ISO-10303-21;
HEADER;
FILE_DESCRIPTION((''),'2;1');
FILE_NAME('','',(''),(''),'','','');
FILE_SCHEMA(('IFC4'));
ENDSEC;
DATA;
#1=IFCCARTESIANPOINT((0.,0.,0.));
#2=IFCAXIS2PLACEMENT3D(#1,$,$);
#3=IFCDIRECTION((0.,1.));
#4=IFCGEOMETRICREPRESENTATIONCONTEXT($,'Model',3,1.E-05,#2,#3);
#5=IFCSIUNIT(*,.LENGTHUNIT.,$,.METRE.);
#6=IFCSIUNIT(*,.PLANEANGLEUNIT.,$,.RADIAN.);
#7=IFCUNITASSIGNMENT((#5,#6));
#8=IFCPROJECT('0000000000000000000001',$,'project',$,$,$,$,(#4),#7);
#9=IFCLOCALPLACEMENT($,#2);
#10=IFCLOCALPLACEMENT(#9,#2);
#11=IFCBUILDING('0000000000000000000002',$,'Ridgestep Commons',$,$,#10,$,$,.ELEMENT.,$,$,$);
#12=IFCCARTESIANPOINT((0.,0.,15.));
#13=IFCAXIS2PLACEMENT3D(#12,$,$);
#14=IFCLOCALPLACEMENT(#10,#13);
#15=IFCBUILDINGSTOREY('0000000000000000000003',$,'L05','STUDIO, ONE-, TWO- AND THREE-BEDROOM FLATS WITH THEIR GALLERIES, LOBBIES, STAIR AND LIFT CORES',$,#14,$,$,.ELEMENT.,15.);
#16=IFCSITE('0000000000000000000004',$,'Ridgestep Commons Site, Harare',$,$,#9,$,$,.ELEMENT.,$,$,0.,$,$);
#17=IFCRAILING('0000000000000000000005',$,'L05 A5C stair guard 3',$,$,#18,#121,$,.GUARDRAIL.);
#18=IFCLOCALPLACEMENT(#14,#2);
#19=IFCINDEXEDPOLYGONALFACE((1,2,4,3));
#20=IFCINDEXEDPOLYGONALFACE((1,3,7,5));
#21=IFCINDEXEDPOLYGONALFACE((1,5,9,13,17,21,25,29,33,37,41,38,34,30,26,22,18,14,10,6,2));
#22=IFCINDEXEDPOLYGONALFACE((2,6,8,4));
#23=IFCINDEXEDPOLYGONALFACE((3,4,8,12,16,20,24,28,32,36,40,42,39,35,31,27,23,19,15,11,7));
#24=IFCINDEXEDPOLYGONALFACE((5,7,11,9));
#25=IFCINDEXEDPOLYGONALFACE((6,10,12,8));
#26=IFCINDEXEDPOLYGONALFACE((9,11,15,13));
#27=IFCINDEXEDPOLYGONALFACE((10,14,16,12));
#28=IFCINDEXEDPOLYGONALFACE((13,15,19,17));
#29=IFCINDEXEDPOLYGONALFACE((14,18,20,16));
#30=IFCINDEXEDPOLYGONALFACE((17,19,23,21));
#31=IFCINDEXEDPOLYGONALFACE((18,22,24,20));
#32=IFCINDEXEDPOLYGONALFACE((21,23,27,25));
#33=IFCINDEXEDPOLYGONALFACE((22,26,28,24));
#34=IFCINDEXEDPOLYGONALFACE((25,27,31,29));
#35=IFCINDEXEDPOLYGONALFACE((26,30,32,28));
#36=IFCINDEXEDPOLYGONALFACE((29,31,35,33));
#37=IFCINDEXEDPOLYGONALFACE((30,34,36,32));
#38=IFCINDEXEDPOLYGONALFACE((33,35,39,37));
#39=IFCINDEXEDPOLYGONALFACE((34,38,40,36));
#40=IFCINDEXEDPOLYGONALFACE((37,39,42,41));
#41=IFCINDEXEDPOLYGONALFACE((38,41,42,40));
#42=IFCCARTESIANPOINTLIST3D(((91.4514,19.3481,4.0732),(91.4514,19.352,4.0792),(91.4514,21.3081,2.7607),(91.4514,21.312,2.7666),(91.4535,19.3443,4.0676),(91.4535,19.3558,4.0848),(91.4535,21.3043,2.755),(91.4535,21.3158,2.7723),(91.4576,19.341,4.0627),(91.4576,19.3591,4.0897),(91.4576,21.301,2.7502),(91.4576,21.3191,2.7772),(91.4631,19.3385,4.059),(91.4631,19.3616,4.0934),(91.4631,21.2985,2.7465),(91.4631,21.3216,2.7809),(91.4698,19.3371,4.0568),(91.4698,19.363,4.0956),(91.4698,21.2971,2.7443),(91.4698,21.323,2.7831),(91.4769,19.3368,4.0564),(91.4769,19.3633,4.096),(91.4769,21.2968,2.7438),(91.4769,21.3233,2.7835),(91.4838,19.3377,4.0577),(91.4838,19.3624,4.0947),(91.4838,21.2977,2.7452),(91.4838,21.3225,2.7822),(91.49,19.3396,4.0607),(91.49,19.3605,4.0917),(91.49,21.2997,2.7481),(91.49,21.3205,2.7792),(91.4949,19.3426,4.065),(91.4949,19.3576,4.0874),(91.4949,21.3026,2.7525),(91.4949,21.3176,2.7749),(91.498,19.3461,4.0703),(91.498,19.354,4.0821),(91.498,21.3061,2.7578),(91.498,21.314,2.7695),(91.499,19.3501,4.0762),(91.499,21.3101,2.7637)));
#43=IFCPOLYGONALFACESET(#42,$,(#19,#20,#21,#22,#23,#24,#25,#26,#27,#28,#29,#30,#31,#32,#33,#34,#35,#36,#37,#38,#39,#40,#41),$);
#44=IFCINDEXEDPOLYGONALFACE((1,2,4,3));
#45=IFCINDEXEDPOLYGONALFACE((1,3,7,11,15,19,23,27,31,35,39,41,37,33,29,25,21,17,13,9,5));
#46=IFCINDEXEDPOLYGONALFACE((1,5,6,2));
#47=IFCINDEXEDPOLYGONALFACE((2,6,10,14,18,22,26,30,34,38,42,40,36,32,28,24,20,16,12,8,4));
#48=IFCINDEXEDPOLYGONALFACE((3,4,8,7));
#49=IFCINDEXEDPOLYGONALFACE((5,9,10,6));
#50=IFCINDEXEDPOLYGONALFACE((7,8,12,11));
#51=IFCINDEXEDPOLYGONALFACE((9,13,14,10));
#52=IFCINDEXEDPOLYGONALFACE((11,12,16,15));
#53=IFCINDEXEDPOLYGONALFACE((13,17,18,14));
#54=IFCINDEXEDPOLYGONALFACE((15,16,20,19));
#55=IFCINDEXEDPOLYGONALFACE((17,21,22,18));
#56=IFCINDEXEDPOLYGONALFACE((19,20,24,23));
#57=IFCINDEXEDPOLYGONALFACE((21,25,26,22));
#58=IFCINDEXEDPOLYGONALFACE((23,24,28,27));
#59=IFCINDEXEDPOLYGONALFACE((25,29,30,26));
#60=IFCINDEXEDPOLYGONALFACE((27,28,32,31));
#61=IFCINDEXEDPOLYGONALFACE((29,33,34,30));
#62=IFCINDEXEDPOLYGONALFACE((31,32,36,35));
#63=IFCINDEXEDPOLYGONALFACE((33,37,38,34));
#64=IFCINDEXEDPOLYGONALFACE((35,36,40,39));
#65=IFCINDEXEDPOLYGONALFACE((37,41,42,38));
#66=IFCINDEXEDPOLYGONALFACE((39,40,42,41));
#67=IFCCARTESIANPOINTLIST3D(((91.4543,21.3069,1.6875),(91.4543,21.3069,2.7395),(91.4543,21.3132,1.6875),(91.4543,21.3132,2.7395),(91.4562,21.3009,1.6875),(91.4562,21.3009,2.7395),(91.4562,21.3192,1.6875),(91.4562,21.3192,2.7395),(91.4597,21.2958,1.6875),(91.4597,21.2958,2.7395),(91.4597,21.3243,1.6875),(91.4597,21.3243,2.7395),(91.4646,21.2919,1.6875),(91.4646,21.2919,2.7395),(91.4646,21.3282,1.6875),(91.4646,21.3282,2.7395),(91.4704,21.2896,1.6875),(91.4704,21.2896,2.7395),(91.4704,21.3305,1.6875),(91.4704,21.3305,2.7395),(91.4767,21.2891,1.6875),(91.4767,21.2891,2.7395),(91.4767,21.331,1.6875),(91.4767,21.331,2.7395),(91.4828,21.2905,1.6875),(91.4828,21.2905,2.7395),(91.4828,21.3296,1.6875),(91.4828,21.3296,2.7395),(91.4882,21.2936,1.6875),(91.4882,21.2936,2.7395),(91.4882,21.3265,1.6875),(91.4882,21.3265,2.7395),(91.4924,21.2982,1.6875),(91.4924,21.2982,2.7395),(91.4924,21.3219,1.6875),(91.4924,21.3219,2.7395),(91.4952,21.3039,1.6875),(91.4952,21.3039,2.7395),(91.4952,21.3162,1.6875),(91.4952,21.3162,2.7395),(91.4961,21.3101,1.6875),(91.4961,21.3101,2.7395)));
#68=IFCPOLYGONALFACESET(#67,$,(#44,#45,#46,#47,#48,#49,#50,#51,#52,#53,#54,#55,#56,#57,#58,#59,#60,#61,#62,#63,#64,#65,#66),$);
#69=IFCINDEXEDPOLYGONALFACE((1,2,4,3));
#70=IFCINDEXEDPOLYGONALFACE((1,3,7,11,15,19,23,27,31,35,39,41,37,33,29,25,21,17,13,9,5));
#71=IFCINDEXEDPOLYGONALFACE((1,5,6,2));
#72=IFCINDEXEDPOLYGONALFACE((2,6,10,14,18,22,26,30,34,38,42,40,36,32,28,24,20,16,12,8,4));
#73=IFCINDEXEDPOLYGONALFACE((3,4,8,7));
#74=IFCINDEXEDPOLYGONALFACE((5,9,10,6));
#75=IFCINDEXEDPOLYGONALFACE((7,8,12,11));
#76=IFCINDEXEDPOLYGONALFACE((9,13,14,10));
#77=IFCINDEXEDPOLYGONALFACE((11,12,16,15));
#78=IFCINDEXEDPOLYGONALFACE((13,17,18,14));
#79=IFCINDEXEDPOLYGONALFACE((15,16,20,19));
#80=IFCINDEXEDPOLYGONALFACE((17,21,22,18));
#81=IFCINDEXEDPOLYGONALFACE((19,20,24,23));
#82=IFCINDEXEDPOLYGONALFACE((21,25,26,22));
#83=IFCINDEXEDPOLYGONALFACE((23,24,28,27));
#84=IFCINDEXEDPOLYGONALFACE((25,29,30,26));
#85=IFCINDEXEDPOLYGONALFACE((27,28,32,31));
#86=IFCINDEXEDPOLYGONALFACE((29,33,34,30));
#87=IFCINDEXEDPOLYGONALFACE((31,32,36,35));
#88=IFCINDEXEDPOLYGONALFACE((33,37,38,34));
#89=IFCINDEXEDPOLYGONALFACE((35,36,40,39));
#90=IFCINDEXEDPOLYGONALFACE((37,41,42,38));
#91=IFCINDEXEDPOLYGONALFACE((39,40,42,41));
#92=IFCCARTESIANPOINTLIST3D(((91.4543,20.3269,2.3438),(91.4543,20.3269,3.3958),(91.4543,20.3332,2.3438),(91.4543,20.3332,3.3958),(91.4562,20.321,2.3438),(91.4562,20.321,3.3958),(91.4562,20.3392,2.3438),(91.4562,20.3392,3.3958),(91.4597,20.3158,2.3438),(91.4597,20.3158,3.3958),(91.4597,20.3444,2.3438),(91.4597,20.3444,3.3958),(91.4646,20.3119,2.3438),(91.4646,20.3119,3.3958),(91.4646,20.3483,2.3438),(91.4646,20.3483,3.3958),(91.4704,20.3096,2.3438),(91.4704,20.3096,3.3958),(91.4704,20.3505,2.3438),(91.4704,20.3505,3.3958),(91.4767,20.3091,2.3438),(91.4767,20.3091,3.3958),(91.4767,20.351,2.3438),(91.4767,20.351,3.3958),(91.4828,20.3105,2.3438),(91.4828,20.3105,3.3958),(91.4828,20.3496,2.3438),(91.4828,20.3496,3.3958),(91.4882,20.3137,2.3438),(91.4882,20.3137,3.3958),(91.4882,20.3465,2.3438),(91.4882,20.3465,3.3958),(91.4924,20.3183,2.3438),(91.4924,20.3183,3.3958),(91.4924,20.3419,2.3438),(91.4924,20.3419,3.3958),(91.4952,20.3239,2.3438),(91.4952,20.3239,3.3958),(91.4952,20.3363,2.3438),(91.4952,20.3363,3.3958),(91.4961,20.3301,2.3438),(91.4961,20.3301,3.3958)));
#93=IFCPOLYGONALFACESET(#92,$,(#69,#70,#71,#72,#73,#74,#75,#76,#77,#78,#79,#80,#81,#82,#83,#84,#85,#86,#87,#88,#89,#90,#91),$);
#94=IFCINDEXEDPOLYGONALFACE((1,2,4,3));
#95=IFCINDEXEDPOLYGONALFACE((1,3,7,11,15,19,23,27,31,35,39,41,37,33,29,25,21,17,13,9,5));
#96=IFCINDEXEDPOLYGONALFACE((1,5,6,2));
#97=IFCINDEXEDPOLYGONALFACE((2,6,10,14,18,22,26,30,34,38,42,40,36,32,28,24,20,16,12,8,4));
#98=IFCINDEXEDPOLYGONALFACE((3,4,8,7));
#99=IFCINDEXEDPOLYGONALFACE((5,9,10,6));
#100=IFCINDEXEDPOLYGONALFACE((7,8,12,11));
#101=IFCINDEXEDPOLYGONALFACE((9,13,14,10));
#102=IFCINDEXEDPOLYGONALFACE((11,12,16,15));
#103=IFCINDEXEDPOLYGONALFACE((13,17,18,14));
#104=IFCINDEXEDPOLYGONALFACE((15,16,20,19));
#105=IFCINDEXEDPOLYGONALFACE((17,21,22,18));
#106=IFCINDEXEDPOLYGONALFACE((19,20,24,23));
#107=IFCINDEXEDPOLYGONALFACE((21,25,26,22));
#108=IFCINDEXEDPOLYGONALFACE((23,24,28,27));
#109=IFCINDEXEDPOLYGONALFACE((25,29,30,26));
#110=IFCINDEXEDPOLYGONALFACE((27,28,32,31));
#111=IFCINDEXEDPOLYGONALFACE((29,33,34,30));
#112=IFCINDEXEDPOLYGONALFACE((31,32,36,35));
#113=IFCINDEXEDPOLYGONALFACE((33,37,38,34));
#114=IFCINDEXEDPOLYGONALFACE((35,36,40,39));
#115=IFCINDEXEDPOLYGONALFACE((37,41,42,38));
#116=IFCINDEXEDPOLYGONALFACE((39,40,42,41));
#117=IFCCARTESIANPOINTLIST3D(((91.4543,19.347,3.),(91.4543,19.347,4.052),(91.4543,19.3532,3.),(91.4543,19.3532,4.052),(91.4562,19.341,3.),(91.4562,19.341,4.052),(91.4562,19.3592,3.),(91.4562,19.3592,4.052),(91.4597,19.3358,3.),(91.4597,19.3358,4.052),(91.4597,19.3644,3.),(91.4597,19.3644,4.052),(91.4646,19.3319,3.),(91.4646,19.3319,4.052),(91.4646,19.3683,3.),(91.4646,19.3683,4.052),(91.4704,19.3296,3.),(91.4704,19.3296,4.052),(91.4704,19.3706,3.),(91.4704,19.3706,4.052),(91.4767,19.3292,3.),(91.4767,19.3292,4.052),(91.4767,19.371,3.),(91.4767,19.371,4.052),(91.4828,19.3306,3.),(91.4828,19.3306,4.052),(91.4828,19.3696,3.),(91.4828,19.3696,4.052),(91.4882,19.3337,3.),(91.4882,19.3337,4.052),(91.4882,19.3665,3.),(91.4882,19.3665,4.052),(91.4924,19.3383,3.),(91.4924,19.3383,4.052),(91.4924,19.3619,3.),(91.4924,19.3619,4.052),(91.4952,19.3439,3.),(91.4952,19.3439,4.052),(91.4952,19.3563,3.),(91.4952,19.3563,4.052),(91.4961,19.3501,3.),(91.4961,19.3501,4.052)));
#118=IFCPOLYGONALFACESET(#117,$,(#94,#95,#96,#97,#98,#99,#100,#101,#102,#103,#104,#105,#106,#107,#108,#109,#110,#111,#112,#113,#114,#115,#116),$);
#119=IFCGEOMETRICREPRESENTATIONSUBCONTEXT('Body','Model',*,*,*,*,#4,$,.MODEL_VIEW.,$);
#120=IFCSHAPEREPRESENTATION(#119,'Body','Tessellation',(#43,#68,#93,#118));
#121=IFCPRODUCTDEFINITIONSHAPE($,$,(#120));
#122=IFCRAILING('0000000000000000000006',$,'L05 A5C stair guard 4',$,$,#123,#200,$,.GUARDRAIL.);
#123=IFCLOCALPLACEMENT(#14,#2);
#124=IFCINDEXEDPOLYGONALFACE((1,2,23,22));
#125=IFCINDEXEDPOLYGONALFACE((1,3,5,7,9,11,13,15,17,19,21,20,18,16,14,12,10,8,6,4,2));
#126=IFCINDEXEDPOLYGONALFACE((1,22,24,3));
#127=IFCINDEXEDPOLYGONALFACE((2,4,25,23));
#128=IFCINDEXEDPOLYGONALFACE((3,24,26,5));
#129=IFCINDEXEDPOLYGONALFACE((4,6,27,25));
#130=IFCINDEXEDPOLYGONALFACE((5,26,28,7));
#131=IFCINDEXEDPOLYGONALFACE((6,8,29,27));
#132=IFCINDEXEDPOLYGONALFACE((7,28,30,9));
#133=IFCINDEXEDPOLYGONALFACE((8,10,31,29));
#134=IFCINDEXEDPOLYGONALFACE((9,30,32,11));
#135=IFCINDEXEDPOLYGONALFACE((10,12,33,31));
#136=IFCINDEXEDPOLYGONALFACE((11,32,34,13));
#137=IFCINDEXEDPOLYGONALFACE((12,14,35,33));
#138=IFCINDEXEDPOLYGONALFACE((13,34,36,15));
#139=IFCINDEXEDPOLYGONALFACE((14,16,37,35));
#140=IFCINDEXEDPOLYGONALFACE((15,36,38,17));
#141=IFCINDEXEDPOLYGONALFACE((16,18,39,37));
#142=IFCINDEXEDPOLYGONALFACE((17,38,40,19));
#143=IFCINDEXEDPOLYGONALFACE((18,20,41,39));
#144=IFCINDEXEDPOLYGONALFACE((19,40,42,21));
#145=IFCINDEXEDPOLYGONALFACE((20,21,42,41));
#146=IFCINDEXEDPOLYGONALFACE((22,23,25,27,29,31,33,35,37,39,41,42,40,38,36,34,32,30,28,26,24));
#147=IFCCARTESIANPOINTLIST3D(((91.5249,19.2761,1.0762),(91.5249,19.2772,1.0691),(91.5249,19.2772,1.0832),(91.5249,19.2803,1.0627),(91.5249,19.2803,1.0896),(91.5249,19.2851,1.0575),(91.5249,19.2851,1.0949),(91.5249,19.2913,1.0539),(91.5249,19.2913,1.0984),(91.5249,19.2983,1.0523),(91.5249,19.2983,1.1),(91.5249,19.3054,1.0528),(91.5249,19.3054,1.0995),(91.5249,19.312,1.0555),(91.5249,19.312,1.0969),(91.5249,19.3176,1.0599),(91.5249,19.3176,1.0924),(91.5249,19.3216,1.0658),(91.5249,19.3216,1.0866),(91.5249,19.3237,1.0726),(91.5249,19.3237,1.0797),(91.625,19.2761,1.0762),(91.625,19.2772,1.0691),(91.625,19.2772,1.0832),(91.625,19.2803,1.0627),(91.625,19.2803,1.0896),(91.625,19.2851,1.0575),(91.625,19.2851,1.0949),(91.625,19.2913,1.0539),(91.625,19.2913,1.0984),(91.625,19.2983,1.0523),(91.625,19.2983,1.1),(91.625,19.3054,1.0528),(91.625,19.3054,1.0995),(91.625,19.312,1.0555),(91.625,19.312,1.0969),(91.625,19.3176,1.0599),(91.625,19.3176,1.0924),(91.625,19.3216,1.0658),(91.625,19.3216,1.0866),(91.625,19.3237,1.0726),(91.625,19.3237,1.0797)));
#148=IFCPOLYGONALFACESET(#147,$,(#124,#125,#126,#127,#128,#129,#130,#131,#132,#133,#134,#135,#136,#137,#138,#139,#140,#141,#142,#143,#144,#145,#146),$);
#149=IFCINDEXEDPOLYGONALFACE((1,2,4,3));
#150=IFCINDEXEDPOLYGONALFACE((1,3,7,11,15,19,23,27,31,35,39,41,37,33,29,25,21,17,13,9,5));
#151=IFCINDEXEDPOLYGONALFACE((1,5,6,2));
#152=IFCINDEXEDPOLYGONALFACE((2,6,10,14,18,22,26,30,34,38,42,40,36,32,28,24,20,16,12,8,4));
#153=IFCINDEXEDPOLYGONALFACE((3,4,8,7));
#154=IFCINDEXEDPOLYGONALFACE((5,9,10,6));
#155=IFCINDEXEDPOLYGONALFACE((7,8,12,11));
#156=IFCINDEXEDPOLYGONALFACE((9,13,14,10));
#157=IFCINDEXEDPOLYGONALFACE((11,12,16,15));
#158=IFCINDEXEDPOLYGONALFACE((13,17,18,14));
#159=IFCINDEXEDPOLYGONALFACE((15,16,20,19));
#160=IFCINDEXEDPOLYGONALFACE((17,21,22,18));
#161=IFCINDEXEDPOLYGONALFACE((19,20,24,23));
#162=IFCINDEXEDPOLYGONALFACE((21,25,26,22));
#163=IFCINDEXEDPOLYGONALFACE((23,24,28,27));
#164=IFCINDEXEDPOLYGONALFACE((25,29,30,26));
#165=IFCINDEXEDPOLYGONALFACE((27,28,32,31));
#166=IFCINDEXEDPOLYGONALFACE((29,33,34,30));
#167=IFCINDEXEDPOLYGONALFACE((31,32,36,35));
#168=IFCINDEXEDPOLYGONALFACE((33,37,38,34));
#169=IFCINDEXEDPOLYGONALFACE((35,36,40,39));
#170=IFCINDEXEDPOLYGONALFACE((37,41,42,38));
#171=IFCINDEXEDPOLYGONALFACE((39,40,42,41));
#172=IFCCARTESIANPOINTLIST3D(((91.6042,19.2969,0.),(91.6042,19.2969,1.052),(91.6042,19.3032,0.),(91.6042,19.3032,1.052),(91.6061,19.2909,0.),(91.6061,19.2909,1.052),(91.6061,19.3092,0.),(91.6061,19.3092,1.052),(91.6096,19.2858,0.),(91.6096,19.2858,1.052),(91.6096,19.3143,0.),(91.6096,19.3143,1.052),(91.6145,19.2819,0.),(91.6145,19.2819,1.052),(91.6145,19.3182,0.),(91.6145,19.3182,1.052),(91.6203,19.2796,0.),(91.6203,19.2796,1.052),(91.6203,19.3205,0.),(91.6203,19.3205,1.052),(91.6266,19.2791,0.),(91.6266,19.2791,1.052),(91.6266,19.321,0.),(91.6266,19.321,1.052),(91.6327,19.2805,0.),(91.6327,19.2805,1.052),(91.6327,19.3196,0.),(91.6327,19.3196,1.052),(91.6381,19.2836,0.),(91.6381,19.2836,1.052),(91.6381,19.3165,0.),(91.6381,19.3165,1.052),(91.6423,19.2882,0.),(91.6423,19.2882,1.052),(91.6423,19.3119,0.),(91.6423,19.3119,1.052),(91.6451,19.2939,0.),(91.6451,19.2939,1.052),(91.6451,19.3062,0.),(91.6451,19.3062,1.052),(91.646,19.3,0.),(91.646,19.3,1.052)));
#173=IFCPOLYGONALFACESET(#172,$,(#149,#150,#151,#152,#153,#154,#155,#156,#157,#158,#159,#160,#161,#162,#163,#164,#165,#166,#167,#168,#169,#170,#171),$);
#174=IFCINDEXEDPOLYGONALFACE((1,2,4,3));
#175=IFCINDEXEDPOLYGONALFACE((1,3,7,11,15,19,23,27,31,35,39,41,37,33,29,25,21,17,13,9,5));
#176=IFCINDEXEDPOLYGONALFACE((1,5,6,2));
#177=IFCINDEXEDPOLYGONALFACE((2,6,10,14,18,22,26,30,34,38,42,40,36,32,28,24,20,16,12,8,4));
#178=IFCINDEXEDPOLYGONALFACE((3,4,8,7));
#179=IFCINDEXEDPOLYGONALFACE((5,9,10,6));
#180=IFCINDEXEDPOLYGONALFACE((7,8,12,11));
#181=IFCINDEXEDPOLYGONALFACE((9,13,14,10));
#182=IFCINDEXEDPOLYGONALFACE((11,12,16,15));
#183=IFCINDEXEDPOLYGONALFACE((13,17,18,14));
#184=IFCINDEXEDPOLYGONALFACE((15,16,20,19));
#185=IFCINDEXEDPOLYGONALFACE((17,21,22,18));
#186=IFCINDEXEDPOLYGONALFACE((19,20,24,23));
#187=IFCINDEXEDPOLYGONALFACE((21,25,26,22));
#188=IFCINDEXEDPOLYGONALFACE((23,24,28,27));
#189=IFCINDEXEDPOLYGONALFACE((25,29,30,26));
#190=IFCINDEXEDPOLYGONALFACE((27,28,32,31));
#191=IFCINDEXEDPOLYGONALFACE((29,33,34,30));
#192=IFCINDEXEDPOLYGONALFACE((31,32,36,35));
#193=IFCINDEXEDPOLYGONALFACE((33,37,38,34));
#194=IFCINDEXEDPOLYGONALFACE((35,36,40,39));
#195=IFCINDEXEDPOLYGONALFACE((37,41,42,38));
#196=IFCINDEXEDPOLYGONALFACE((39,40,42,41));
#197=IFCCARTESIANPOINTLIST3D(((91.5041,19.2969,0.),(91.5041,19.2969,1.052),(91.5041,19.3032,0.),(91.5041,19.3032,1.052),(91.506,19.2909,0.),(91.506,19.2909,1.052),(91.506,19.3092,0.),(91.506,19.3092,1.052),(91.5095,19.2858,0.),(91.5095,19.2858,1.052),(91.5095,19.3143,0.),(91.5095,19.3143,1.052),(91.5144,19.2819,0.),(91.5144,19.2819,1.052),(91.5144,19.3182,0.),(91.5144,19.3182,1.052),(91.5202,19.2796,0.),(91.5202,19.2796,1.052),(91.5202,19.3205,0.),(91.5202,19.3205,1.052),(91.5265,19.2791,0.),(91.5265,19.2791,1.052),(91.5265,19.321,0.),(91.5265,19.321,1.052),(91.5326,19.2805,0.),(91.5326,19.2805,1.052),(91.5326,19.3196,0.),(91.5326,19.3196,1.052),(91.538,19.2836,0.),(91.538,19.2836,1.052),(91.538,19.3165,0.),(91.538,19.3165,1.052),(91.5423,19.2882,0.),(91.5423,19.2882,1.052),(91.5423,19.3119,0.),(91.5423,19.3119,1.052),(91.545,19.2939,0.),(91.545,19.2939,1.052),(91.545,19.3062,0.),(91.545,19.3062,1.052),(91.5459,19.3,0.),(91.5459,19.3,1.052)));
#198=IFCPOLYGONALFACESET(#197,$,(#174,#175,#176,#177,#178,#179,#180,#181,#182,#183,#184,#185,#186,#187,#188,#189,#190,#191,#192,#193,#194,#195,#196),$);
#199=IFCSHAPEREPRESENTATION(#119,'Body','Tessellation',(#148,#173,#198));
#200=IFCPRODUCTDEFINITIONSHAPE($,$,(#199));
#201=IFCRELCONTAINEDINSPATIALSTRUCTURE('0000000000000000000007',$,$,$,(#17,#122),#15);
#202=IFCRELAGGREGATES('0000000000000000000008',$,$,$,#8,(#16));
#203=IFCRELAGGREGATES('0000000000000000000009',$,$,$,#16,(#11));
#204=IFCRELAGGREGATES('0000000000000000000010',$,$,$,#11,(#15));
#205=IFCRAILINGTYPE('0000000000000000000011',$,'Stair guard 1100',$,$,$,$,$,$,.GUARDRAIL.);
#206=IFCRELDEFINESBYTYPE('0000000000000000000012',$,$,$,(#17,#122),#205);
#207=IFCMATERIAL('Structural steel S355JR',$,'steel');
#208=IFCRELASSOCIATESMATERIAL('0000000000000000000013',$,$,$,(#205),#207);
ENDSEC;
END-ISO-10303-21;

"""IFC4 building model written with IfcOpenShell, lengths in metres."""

from ifc_helpers import new_model, si_unit, direction, frame, origin, origin_2d, place, context, subcontext, project, spatial, circle, extrude, material, type_object, element, save


model = new_model("IFC4")

# Units and contexts
model_context = context("Model", 3, precision=1e-05, world=origin(), true_north=direction((0.0, 1.0)))
body_context = subcontext(model_context, "Body", "Model", "MODEL_VIEW")
ifc_project = project(units=[si_unit("LENGTHUNIT", "METRE"), si_unit("PLANEANGLEUNIT", "RADIAN")], contexts=[model_context])

# Site, building, storey
site_placement = place(None, origin())
site = spatial("IfcSite", under=ifc_project, at=site_placement, Name="Ridgestep Commons Site, Harare", CompositionType="ELEMENT", RefElevation=0.0)
building_placement = place(site_placement, origin())
building = spatial("IfcBuilding", under=site, at=building_placement, Name="Ridgestep Commons", CompositionType="ELEMENT")
storey_placement = place(building_placement, frame((0.0, 0.0, 15.0)))
storey = spatial("IfcBuildingStorey", under=building, at=storey_placement, Name="L05", Description="STUDIO, ONE-, TWO- AND THREE-BEDROOM FLATS WITH THEIR GALLERIES, LOBBIES, STAIR AND LIFT CORES", CompositionType="ELEMENT", Elevation=15.0)

# Railings
ifc_material_1 = material(Name="Structural steel S355JR", Category="steel")
railing_type_1 = type_object("IfcRailingType", Name="Stair guard 1100", PredefinedType="GUARDRAIL", material=ifc_material_1)
railing_1_placement = place(storey_placement, frame((91.4751, 21.3101, 1.6875)))
element("IfcRailing", 1, at=railing_1_placement, inside=storey, type_object=railing_type_1, Name="L05 A5C stair guard 3", PredefinedType="GUARDRAIL", context=body_context, shape_type="SweptSolid", body=[
    extrude(circle(Radius=0.0239, at=origin_2d()), frame((0.0, 0.0, 1.0762), z_axis=(0.0, -0.830902, 0.556419), x_axis=(1.0, 0.0, 0.0)), (0.0, 0.0, 1.0), 2.3589),
    extrude(circle(Radius=0.021, at=origin_2d()), origin(), (0.0, 0.0, 1.0), 1.052),
    extrude(circle(Radius=0.021, at=origin_2d()), frame((0.0, -0.98, 0.6562)), (0.0, 0.0, 1.0), 1.052),
    extrude(circle(Radius=0.021, at=origin_2d()), frame((0.0, -1.96, 1.3125)), (0.0, 0.0, 1.0), 1.052),
])
railing_2_placement = place(storey_placement, frame((91.625, 19.3, 0.0)))
element("IfcRailing", 2, at=railing_2_placement, inside=storey, type_object=railing_type_1, Name="L05 A5C stair guard 4", PredefinedType="GUARDRAIL", context=body_context, shape_type="SweptSolid", body=[
    extrude(circle(Radius=0.0239, at=origin_2d()), frame((0.0, 0.0, 1.0762), z_axis=(-1.0, 0.0, 0.0), x_axis=(0.0, -1.0, 0.0)), (0.0, 0.0, 1.0), 0.1001),
    extrude(circle(Radius=0.021, at=origin_2d()), origin(), (0.0, 0.0, 1.0), 1.052),
    extrude(circle(Radius=0.021, at=origin_2d()), frame((-0.1001, 0.0, 0.0)), (0.0, 0.0, 1.0), 1.052),
])

save(model, "model.ifc")
